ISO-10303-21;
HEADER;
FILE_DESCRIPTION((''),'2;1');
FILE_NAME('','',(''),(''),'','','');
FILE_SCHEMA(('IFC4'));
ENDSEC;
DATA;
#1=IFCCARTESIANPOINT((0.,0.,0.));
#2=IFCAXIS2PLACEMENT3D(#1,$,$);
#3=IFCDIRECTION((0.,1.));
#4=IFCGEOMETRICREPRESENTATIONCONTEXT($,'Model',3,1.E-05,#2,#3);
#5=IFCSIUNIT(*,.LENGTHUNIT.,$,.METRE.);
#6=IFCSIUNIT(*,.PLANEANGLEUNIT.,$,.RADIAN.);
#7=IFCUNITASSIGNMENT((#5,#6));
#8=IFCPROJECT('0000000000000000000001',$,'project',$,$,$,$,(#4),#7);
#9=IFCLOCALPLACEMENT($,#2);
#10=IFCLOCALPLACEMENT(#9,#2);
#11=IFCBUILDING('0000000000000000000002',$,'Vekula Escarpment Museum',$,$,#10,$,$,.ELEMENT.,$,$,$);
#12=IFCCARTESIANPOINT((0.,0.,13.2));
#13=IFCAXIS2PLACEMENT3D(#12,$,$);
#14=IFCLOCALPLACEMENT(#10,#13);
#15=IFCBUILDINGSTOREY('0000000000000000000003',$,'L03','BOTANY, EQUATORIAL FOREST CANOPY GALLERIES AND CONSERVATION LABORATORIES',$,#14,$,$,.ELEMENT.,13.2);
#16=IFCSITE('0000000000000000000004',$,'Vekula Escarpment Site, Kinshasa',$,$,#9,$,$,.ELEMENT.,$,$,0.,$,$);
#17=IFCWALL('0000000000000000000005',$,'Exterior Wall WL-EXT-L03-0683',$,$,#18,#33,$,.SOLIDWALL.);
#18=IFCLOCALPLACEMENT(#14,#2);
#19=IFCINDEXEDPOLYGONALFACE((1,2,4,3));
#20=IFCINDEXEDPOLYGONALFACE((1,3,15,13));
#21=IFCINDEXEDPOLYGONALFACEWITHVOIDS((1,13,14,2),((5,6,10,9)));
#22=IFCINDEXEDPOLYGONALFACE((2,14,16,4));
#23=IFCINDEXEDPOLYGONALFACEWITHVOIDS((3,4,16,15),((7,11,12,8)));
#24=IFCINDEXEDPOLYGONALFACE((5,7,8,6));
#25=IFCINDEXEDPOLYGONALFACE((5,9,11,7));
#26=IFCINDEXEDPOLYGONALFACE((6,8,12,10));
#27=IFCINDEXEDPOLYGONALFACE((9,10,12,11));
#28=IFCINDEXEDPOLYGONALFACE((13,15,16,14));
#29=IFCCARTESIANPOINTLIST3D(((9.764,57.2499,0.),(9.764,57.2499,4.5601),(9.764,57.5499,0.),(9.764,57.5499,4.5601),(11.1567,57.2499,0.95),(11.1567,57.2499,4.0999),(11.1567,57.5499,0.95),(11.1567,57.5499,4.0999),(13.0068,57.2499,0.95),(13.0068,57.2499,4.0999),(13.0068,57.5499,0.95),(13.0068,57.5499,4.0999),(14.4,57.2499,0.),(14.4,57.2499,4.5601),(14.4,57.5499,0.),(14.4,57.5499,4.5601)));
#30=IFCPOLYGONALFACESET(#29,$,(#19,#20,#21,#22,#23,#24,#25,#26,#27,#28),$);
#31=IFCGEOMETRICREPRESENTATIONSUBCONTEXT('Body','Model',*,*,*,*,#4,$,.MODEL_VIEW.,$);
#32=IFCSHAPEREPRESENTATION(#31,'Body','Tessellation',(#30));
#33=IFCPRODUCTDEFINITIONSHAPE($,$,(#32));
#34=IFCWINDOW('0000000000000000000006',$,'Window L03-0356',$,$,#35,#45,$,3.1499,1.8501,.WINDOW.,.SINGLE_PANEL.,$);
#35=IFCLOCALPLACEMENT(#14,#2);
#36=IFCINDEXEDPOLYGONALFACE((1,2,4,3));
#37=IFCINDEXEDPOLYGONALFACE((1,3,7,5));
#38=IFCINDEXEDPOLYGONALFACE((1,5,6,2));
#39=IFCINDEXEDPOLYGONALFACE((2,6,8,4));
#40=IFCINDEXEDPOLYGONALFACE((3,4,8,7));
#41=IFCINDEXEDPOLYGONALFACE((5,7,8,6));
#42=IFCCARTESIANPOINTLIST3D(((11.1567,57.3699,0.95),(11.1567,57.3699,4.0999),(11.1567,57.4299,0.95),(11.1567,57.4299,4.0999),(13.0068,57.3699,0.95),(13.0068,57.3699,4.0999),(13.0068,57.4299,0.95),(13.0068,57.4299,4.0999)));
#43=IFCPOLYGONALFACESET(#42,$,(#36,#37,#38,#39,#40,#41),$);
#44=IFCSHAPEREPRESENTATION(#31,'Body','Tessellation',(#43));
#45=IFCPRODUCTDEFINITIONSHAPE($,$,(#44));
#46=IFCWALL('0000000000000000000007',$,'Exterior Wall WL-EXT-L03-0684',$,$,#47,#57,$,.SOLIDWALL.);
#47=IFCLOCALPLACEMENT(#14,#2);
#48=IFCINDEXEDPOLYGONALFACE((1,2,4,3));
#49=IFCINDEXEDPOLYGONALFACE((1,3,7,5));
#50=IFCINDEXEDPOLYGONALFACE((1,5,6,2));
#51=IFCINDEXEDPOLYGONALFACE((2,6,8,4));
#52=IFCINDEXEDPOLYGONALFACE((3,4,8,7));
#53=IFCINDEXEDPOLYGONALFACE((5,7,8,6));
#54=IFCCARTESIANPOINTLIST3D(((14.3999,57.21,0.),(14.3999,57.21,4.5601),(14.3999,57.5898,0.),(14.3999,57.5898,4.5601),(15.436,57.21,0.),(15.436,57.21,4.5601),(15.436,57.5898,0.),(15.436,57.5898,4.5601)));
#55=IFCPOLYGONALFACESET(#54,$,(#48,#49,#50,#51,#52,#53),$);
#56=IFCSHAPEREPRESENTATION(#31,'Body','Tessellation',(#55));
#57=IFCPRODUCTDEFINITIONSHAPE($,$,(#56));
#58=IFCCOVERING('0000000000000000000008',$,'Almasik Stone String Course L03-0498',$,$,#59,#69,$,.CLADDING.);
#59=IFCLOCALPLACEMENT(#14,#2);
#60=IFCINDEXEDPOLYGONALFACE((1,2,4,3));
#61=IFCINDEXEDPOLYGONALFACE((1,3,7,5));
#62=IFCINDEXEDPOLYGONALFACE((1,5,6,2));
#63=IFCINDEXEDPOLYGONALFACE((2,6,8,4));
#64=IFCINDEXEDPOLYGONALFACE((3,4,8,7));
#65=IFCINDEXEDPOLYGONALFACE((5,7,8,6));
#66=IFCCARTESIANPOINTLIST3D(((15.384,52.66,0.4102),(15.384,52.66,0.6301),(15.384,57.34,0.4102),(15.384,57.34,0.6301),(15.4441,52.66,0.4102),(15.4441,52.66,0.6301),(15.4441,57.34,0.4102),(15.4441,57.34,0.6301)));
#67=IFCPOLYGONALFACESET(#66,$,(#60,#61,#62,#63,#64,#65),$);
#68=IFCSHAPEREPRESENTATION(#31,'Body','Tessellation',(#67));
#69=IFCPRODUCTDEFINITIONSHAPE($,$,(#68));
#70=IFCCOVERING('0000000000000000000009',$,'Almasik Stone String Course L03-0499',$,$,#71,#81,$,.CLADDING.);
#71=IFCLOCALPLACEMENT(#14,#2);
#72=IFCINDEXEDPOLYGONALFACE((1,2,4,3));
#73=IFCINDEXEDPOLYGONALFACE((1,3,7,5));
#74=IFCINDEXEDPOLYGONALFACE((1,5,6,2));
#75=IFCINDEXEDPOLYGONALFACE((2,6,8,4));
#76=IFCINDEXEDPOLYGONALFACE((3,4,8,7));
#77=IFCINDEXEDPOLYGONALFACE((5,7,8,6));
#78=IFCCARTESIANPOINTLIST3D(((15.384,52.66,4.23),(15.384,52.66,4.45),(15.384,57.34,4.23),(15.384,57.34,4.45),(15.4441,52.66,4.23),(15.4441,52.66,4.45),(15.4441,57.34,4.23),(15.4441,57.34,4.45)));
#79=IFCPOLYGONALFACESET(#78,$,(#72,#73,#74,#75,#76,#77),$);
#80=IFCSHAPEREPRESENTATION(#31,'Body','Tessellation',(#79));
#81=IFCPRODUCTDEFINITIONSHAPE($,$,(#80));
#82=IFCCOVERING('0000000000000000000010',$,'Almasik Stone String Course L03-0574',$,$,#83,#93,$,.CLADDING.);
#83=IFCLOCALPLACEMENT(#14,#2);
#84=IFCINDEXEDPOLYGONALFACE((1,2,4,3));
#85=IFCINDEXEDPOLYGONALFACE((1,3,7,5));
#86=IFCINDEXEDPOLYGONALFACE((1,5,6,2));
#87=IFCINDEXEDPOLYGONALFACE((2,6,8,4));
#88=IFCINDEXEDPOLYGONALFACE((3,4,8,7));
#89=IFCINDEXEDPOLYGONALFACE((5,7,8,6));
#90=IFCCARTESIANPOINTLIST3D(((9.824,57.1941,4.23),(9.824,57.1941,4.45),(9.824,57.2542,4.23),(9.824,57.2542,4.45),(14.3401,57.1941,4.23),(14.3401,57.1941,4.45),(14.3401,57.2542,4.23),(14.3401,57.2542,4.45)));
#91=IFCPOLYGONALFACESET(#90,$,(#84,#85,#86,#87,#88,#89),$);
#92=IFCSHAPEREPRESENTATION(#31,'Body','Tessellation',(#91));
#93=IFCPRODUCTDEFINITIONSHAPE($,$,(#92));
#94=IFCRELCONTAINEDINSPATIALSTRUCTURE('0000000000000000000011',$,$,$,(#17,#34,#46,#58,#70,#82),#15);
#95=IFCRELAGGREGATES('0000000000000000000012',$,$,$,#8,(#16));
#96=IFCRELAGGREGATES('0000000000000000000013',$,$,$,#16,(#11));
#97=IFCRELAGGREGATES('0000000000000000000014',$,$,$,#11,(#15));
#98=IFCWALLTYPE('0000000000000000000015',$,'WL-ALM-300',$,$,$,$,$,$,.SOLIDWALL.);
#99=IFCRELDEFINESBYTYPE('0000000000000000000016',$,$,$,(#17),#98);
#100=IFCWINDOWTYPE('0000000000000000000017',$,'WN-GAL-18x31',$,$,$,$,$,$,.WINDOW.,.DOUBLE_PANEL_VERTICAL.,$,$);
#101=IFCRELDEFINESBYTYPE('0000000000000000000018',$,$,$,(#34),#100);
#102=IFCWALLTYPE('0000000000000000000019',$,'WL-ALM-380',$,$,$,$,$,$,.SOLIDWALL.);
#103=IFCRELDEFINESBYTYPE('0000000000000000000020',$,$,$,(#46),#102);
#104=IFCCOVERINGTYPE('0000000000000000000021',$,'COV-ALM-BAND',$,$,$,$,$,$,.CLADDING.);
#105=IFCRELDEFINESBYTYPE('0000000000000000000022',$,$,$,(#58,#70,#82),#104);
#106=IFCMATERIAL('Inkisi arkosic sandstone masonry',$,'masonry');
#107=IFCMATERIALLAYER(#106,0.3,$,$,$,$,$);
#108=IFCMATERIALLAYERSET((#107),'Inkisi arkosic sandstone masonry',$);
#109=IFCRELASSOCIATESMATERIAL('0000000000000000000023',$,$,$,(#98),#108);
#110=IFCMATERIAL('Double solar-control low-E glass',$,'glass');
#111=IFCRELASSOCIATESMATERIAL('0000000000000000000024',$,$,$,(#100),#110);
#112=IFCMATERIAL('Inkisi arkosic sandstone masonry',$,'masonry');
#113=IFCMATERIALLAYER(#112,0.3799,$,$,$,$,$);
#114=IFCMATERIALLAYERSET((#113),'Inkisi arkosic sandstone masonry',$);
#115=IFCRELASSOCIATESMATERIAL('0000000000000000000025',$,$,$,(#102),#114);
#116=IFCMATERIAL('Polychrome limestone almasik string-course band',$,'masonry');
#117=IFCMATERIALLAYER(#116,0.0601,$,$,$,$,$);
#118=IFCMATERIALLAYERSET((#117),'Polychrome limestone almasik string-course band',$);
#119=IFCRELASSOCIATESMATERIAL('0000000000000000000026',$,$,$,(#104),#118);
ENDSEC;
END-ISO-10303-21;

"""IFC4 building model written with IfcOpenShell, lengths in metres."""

from ifc_helpers import new_model, si_unit, direction, frame, frame_2d, origin, origin_2d, place, context, subcontext, project, spatial, rectangle, extrude, material, layer, layer_set, type_object, element, fill, save


model = new_model("IFC4")

# Units and contexts
model_context = context("Model", 3, precision=1e-05, world=origin(), true_north=direction((0.0, 1.0)))
body_context = subcontext(model_context, "Body", "Model", "MODEL_VIEW")
ifc_project = project(units=[si_unit("LENGTHUNIT", "METRE"), si_unit("PLANEANGLEUNIT", "RADIAN")], contexts=[model_context])

# Site, building, storey
site_placement = place(None, origin())
site = spatial("IfcSite", under=ifc_project, at=site_placement, Name="Vekula Escarpment Site, Kinshasa", CompositionType="ELEMENT", RefElevation=0.0)
building_placement = place(site_placement, origin())
building = spatial("IfcBuilding", under=site, at=building_placement, Name="Vekula Escarpment Museum", CompositionType="ELEMENT")
storey_placement = place(building_placement, frame((0.0, 0.0, 13.2)))
storey = spatial("IfcBuildingStorey", under=building, at=storey_placement, Name="L03", Description="BOTANY, EQUATORIAL FOREST CANOPY GALLERIES AND CONSERVATION LABORATORIES", CompositionType="ELEMENT", Elevation=13.2)

# Wall, opening, window
ifc_material_1 = material(Name="Inkisi arkosic sandstone masonry", Category="masonry")
ifc_layer_1 = layer(ifc_material_1, 0.3)
ifc_layer_set_1 = layer_set([ifc_layer_1], Name="Inkisi arkosic sandstone masonry")
wall_type_1 = type_object("IfcWallType", Name="WL-ALM-300", PredefinedType="SOLIDWALL", material=ifc_layer_set_1)
wall_1_placement = place(storey_placement, frame((14.3999, 57.3999, 0.0), z_axis=(0.0, 0.0, 1.0), x_axis=(-1.0, 0.0, 0.0)))
wall_1 = element("IfcWall", 1, at=wall_1_placement, inside=storey, type_object=wall_type_1, Name="Exterior Wall WL-EXT-L03-0683", PredefinedType="SOLIDWALL", context=body_context, shape_type="SweptSolid", body=[
    extrude(rectangle(XDim=4.636, YDim=0.3, at=frame_2d((2.3179, 0.0))), origin(), (0.0, 0.0, 1.0), 4.5601),
])
opening_placement = place(wall_1_placement, frame((1.3931, 0.0, 0.95)))
opening = element("IfcOpeningElement", 2, at=opening_placement, cuts=wall_1, PredefinedType="OPENING", context=body_context, shape_type="SweptSolid", body=[
    extrude(rectangle(XDim=1.8501, YDim=3.1499, at=frame_2d((0.925, 1.575))), frame((0.0, 0.1599, 0.0), z_axis=(0.0, -1.0, 0.0), x_axis=(1.0, 0.0, 0.0)), (0.0, 0.0, 1.0), 0.3201),
])
ifc_material_2 = material(Name="Double solar-control low-E glass", Category="glass")
window_type = type_object("IfcWindowType", Name="WN-GAL-18x31", PartitioningType="DOUBLE_PANEL_VERTICAL", PredefinedType="WINDOW", material=ifc_material_2)
window_placement = place(opening_placement, origin())
window = element("IfcWindow", 3, at=window_placement, inside=storey, type_object=window_type, Name="Window L03-0356", OverallHeight=3.1499, OverallWidth=1.8501, PartitioningType="SINGLE_PANEL", PredefinedType="WINDOW", context=body_context, shape_type="SweptSolid", body=[
    extrude(rectangle(XDim=1.8501, YDim=3.1499, at=frame_2d((0.925, 1.575))), frame((0.0, 0.03, 0.0), z_axis=(0.0, -1.0, 0.0), x_axis=(1.0, 0.0, 0.0)), (0.0, 0.0, 1.0), 0.0601),
])
fill(opening, window)

# Wall
ifc_material_3 = material(Name="Inkisi arkosic sandstone masonry", Category="masonry")
ifc_layer_2 = layer(ifc_material_3, 0.3799)
ifc_layer_set_2 = layer_set([ifc_layer_2], Name="Inkisi arkosic sandstone masonry")
wall_type_2 = type_object("IfcWallType", Name="WL-ALM-380", PredefinedType="SOLIDWALL", material=ifc_layer_set_2)
wall_2_placement = place(storey_placement, frame((15.436, 57.3999, 0.0), z_axis=(0.0, 0.0, 1.0), x_axis=(-1.0, 0.0, 0.0)))
element("IfcWall", 4, at=wall_2_placement, inside=storey, type_object=wall_type_2, Name="Exterior Wall WL-EXT-L03-0684", PredefinedType="SOLIDWALL", context=body_context, shape_type="SweptSolid", body=[
    extrude(rectangle(XDim=1.0361, YDim=0.3799, at=frame_2d((0.5181, 0.0))), origin(), (0.0, 0.0, 1.0), 4.5601),
])

# Coverings
ifc_material_4 = material(Name="Polychrome limestone almasik string-course band", Category="masonry")
ifc_layer_3 = layer(ifc_material_4, 0.0601)
ifc_layer_set_3 = layer_set([ifc_layer_3], Name="Polychrome limestone almasik string-course band")
covering_type = type_object("IfcCoveringType", Name="COV-ALM-BAND", PredefinedType="CLADDING", material=ifc_layer_set_3)
for number, where, z_axis, x_axis, name in (
    (5, (15.4141, 55.0, 0.4102), (0.0, 0.0, 1.0), (0.0, 1.0, 0.0), "Almasik Stone String Course L03-0498"),
    (6, (15.4141, 55.0, 4.23), (0.0, 0.0, 1.0), (0.0, 1.0, 0.0), "Almasik Stone String Course L03-0499"),
):
    element("IfcCovering", number, at=place(storey_placement, frame(where, z_axis=z_axis, x_axis=x_axis)), inside=storey, type_object=covering_type, Name=name, PredefinedType="CLADDING", context=body_context, shape_type="SweptSolid", body=[
        extrude(rectangle(XDim=4.6799, YDim=0.0601, at=origin_2d()), origin(), (0.0, 0.0, 1.0), 0.22),
    ])
covering_placement = place(storey_placement, frame((12.082, 57.2241, 4.23), z_axis=(0.0, 0.0, 1.0), x_axis=(1.0, 0.0, 0.0)))
element("IfcCovering", 7, at=covering_placement, inside=storey, type_object=covering_type, Name="Almasik Stone String Course L03-0574", PredefinedType="CLADDING", context=body_context, shape_type="SweptSolid", body=[
    extrude(rectangle(XDim=4.5161, YDim=0.0601, at=origin_2d()), origin(), (0.0, 0.0, 1.0), 0.22),
])

save(model, "model.ifc")
